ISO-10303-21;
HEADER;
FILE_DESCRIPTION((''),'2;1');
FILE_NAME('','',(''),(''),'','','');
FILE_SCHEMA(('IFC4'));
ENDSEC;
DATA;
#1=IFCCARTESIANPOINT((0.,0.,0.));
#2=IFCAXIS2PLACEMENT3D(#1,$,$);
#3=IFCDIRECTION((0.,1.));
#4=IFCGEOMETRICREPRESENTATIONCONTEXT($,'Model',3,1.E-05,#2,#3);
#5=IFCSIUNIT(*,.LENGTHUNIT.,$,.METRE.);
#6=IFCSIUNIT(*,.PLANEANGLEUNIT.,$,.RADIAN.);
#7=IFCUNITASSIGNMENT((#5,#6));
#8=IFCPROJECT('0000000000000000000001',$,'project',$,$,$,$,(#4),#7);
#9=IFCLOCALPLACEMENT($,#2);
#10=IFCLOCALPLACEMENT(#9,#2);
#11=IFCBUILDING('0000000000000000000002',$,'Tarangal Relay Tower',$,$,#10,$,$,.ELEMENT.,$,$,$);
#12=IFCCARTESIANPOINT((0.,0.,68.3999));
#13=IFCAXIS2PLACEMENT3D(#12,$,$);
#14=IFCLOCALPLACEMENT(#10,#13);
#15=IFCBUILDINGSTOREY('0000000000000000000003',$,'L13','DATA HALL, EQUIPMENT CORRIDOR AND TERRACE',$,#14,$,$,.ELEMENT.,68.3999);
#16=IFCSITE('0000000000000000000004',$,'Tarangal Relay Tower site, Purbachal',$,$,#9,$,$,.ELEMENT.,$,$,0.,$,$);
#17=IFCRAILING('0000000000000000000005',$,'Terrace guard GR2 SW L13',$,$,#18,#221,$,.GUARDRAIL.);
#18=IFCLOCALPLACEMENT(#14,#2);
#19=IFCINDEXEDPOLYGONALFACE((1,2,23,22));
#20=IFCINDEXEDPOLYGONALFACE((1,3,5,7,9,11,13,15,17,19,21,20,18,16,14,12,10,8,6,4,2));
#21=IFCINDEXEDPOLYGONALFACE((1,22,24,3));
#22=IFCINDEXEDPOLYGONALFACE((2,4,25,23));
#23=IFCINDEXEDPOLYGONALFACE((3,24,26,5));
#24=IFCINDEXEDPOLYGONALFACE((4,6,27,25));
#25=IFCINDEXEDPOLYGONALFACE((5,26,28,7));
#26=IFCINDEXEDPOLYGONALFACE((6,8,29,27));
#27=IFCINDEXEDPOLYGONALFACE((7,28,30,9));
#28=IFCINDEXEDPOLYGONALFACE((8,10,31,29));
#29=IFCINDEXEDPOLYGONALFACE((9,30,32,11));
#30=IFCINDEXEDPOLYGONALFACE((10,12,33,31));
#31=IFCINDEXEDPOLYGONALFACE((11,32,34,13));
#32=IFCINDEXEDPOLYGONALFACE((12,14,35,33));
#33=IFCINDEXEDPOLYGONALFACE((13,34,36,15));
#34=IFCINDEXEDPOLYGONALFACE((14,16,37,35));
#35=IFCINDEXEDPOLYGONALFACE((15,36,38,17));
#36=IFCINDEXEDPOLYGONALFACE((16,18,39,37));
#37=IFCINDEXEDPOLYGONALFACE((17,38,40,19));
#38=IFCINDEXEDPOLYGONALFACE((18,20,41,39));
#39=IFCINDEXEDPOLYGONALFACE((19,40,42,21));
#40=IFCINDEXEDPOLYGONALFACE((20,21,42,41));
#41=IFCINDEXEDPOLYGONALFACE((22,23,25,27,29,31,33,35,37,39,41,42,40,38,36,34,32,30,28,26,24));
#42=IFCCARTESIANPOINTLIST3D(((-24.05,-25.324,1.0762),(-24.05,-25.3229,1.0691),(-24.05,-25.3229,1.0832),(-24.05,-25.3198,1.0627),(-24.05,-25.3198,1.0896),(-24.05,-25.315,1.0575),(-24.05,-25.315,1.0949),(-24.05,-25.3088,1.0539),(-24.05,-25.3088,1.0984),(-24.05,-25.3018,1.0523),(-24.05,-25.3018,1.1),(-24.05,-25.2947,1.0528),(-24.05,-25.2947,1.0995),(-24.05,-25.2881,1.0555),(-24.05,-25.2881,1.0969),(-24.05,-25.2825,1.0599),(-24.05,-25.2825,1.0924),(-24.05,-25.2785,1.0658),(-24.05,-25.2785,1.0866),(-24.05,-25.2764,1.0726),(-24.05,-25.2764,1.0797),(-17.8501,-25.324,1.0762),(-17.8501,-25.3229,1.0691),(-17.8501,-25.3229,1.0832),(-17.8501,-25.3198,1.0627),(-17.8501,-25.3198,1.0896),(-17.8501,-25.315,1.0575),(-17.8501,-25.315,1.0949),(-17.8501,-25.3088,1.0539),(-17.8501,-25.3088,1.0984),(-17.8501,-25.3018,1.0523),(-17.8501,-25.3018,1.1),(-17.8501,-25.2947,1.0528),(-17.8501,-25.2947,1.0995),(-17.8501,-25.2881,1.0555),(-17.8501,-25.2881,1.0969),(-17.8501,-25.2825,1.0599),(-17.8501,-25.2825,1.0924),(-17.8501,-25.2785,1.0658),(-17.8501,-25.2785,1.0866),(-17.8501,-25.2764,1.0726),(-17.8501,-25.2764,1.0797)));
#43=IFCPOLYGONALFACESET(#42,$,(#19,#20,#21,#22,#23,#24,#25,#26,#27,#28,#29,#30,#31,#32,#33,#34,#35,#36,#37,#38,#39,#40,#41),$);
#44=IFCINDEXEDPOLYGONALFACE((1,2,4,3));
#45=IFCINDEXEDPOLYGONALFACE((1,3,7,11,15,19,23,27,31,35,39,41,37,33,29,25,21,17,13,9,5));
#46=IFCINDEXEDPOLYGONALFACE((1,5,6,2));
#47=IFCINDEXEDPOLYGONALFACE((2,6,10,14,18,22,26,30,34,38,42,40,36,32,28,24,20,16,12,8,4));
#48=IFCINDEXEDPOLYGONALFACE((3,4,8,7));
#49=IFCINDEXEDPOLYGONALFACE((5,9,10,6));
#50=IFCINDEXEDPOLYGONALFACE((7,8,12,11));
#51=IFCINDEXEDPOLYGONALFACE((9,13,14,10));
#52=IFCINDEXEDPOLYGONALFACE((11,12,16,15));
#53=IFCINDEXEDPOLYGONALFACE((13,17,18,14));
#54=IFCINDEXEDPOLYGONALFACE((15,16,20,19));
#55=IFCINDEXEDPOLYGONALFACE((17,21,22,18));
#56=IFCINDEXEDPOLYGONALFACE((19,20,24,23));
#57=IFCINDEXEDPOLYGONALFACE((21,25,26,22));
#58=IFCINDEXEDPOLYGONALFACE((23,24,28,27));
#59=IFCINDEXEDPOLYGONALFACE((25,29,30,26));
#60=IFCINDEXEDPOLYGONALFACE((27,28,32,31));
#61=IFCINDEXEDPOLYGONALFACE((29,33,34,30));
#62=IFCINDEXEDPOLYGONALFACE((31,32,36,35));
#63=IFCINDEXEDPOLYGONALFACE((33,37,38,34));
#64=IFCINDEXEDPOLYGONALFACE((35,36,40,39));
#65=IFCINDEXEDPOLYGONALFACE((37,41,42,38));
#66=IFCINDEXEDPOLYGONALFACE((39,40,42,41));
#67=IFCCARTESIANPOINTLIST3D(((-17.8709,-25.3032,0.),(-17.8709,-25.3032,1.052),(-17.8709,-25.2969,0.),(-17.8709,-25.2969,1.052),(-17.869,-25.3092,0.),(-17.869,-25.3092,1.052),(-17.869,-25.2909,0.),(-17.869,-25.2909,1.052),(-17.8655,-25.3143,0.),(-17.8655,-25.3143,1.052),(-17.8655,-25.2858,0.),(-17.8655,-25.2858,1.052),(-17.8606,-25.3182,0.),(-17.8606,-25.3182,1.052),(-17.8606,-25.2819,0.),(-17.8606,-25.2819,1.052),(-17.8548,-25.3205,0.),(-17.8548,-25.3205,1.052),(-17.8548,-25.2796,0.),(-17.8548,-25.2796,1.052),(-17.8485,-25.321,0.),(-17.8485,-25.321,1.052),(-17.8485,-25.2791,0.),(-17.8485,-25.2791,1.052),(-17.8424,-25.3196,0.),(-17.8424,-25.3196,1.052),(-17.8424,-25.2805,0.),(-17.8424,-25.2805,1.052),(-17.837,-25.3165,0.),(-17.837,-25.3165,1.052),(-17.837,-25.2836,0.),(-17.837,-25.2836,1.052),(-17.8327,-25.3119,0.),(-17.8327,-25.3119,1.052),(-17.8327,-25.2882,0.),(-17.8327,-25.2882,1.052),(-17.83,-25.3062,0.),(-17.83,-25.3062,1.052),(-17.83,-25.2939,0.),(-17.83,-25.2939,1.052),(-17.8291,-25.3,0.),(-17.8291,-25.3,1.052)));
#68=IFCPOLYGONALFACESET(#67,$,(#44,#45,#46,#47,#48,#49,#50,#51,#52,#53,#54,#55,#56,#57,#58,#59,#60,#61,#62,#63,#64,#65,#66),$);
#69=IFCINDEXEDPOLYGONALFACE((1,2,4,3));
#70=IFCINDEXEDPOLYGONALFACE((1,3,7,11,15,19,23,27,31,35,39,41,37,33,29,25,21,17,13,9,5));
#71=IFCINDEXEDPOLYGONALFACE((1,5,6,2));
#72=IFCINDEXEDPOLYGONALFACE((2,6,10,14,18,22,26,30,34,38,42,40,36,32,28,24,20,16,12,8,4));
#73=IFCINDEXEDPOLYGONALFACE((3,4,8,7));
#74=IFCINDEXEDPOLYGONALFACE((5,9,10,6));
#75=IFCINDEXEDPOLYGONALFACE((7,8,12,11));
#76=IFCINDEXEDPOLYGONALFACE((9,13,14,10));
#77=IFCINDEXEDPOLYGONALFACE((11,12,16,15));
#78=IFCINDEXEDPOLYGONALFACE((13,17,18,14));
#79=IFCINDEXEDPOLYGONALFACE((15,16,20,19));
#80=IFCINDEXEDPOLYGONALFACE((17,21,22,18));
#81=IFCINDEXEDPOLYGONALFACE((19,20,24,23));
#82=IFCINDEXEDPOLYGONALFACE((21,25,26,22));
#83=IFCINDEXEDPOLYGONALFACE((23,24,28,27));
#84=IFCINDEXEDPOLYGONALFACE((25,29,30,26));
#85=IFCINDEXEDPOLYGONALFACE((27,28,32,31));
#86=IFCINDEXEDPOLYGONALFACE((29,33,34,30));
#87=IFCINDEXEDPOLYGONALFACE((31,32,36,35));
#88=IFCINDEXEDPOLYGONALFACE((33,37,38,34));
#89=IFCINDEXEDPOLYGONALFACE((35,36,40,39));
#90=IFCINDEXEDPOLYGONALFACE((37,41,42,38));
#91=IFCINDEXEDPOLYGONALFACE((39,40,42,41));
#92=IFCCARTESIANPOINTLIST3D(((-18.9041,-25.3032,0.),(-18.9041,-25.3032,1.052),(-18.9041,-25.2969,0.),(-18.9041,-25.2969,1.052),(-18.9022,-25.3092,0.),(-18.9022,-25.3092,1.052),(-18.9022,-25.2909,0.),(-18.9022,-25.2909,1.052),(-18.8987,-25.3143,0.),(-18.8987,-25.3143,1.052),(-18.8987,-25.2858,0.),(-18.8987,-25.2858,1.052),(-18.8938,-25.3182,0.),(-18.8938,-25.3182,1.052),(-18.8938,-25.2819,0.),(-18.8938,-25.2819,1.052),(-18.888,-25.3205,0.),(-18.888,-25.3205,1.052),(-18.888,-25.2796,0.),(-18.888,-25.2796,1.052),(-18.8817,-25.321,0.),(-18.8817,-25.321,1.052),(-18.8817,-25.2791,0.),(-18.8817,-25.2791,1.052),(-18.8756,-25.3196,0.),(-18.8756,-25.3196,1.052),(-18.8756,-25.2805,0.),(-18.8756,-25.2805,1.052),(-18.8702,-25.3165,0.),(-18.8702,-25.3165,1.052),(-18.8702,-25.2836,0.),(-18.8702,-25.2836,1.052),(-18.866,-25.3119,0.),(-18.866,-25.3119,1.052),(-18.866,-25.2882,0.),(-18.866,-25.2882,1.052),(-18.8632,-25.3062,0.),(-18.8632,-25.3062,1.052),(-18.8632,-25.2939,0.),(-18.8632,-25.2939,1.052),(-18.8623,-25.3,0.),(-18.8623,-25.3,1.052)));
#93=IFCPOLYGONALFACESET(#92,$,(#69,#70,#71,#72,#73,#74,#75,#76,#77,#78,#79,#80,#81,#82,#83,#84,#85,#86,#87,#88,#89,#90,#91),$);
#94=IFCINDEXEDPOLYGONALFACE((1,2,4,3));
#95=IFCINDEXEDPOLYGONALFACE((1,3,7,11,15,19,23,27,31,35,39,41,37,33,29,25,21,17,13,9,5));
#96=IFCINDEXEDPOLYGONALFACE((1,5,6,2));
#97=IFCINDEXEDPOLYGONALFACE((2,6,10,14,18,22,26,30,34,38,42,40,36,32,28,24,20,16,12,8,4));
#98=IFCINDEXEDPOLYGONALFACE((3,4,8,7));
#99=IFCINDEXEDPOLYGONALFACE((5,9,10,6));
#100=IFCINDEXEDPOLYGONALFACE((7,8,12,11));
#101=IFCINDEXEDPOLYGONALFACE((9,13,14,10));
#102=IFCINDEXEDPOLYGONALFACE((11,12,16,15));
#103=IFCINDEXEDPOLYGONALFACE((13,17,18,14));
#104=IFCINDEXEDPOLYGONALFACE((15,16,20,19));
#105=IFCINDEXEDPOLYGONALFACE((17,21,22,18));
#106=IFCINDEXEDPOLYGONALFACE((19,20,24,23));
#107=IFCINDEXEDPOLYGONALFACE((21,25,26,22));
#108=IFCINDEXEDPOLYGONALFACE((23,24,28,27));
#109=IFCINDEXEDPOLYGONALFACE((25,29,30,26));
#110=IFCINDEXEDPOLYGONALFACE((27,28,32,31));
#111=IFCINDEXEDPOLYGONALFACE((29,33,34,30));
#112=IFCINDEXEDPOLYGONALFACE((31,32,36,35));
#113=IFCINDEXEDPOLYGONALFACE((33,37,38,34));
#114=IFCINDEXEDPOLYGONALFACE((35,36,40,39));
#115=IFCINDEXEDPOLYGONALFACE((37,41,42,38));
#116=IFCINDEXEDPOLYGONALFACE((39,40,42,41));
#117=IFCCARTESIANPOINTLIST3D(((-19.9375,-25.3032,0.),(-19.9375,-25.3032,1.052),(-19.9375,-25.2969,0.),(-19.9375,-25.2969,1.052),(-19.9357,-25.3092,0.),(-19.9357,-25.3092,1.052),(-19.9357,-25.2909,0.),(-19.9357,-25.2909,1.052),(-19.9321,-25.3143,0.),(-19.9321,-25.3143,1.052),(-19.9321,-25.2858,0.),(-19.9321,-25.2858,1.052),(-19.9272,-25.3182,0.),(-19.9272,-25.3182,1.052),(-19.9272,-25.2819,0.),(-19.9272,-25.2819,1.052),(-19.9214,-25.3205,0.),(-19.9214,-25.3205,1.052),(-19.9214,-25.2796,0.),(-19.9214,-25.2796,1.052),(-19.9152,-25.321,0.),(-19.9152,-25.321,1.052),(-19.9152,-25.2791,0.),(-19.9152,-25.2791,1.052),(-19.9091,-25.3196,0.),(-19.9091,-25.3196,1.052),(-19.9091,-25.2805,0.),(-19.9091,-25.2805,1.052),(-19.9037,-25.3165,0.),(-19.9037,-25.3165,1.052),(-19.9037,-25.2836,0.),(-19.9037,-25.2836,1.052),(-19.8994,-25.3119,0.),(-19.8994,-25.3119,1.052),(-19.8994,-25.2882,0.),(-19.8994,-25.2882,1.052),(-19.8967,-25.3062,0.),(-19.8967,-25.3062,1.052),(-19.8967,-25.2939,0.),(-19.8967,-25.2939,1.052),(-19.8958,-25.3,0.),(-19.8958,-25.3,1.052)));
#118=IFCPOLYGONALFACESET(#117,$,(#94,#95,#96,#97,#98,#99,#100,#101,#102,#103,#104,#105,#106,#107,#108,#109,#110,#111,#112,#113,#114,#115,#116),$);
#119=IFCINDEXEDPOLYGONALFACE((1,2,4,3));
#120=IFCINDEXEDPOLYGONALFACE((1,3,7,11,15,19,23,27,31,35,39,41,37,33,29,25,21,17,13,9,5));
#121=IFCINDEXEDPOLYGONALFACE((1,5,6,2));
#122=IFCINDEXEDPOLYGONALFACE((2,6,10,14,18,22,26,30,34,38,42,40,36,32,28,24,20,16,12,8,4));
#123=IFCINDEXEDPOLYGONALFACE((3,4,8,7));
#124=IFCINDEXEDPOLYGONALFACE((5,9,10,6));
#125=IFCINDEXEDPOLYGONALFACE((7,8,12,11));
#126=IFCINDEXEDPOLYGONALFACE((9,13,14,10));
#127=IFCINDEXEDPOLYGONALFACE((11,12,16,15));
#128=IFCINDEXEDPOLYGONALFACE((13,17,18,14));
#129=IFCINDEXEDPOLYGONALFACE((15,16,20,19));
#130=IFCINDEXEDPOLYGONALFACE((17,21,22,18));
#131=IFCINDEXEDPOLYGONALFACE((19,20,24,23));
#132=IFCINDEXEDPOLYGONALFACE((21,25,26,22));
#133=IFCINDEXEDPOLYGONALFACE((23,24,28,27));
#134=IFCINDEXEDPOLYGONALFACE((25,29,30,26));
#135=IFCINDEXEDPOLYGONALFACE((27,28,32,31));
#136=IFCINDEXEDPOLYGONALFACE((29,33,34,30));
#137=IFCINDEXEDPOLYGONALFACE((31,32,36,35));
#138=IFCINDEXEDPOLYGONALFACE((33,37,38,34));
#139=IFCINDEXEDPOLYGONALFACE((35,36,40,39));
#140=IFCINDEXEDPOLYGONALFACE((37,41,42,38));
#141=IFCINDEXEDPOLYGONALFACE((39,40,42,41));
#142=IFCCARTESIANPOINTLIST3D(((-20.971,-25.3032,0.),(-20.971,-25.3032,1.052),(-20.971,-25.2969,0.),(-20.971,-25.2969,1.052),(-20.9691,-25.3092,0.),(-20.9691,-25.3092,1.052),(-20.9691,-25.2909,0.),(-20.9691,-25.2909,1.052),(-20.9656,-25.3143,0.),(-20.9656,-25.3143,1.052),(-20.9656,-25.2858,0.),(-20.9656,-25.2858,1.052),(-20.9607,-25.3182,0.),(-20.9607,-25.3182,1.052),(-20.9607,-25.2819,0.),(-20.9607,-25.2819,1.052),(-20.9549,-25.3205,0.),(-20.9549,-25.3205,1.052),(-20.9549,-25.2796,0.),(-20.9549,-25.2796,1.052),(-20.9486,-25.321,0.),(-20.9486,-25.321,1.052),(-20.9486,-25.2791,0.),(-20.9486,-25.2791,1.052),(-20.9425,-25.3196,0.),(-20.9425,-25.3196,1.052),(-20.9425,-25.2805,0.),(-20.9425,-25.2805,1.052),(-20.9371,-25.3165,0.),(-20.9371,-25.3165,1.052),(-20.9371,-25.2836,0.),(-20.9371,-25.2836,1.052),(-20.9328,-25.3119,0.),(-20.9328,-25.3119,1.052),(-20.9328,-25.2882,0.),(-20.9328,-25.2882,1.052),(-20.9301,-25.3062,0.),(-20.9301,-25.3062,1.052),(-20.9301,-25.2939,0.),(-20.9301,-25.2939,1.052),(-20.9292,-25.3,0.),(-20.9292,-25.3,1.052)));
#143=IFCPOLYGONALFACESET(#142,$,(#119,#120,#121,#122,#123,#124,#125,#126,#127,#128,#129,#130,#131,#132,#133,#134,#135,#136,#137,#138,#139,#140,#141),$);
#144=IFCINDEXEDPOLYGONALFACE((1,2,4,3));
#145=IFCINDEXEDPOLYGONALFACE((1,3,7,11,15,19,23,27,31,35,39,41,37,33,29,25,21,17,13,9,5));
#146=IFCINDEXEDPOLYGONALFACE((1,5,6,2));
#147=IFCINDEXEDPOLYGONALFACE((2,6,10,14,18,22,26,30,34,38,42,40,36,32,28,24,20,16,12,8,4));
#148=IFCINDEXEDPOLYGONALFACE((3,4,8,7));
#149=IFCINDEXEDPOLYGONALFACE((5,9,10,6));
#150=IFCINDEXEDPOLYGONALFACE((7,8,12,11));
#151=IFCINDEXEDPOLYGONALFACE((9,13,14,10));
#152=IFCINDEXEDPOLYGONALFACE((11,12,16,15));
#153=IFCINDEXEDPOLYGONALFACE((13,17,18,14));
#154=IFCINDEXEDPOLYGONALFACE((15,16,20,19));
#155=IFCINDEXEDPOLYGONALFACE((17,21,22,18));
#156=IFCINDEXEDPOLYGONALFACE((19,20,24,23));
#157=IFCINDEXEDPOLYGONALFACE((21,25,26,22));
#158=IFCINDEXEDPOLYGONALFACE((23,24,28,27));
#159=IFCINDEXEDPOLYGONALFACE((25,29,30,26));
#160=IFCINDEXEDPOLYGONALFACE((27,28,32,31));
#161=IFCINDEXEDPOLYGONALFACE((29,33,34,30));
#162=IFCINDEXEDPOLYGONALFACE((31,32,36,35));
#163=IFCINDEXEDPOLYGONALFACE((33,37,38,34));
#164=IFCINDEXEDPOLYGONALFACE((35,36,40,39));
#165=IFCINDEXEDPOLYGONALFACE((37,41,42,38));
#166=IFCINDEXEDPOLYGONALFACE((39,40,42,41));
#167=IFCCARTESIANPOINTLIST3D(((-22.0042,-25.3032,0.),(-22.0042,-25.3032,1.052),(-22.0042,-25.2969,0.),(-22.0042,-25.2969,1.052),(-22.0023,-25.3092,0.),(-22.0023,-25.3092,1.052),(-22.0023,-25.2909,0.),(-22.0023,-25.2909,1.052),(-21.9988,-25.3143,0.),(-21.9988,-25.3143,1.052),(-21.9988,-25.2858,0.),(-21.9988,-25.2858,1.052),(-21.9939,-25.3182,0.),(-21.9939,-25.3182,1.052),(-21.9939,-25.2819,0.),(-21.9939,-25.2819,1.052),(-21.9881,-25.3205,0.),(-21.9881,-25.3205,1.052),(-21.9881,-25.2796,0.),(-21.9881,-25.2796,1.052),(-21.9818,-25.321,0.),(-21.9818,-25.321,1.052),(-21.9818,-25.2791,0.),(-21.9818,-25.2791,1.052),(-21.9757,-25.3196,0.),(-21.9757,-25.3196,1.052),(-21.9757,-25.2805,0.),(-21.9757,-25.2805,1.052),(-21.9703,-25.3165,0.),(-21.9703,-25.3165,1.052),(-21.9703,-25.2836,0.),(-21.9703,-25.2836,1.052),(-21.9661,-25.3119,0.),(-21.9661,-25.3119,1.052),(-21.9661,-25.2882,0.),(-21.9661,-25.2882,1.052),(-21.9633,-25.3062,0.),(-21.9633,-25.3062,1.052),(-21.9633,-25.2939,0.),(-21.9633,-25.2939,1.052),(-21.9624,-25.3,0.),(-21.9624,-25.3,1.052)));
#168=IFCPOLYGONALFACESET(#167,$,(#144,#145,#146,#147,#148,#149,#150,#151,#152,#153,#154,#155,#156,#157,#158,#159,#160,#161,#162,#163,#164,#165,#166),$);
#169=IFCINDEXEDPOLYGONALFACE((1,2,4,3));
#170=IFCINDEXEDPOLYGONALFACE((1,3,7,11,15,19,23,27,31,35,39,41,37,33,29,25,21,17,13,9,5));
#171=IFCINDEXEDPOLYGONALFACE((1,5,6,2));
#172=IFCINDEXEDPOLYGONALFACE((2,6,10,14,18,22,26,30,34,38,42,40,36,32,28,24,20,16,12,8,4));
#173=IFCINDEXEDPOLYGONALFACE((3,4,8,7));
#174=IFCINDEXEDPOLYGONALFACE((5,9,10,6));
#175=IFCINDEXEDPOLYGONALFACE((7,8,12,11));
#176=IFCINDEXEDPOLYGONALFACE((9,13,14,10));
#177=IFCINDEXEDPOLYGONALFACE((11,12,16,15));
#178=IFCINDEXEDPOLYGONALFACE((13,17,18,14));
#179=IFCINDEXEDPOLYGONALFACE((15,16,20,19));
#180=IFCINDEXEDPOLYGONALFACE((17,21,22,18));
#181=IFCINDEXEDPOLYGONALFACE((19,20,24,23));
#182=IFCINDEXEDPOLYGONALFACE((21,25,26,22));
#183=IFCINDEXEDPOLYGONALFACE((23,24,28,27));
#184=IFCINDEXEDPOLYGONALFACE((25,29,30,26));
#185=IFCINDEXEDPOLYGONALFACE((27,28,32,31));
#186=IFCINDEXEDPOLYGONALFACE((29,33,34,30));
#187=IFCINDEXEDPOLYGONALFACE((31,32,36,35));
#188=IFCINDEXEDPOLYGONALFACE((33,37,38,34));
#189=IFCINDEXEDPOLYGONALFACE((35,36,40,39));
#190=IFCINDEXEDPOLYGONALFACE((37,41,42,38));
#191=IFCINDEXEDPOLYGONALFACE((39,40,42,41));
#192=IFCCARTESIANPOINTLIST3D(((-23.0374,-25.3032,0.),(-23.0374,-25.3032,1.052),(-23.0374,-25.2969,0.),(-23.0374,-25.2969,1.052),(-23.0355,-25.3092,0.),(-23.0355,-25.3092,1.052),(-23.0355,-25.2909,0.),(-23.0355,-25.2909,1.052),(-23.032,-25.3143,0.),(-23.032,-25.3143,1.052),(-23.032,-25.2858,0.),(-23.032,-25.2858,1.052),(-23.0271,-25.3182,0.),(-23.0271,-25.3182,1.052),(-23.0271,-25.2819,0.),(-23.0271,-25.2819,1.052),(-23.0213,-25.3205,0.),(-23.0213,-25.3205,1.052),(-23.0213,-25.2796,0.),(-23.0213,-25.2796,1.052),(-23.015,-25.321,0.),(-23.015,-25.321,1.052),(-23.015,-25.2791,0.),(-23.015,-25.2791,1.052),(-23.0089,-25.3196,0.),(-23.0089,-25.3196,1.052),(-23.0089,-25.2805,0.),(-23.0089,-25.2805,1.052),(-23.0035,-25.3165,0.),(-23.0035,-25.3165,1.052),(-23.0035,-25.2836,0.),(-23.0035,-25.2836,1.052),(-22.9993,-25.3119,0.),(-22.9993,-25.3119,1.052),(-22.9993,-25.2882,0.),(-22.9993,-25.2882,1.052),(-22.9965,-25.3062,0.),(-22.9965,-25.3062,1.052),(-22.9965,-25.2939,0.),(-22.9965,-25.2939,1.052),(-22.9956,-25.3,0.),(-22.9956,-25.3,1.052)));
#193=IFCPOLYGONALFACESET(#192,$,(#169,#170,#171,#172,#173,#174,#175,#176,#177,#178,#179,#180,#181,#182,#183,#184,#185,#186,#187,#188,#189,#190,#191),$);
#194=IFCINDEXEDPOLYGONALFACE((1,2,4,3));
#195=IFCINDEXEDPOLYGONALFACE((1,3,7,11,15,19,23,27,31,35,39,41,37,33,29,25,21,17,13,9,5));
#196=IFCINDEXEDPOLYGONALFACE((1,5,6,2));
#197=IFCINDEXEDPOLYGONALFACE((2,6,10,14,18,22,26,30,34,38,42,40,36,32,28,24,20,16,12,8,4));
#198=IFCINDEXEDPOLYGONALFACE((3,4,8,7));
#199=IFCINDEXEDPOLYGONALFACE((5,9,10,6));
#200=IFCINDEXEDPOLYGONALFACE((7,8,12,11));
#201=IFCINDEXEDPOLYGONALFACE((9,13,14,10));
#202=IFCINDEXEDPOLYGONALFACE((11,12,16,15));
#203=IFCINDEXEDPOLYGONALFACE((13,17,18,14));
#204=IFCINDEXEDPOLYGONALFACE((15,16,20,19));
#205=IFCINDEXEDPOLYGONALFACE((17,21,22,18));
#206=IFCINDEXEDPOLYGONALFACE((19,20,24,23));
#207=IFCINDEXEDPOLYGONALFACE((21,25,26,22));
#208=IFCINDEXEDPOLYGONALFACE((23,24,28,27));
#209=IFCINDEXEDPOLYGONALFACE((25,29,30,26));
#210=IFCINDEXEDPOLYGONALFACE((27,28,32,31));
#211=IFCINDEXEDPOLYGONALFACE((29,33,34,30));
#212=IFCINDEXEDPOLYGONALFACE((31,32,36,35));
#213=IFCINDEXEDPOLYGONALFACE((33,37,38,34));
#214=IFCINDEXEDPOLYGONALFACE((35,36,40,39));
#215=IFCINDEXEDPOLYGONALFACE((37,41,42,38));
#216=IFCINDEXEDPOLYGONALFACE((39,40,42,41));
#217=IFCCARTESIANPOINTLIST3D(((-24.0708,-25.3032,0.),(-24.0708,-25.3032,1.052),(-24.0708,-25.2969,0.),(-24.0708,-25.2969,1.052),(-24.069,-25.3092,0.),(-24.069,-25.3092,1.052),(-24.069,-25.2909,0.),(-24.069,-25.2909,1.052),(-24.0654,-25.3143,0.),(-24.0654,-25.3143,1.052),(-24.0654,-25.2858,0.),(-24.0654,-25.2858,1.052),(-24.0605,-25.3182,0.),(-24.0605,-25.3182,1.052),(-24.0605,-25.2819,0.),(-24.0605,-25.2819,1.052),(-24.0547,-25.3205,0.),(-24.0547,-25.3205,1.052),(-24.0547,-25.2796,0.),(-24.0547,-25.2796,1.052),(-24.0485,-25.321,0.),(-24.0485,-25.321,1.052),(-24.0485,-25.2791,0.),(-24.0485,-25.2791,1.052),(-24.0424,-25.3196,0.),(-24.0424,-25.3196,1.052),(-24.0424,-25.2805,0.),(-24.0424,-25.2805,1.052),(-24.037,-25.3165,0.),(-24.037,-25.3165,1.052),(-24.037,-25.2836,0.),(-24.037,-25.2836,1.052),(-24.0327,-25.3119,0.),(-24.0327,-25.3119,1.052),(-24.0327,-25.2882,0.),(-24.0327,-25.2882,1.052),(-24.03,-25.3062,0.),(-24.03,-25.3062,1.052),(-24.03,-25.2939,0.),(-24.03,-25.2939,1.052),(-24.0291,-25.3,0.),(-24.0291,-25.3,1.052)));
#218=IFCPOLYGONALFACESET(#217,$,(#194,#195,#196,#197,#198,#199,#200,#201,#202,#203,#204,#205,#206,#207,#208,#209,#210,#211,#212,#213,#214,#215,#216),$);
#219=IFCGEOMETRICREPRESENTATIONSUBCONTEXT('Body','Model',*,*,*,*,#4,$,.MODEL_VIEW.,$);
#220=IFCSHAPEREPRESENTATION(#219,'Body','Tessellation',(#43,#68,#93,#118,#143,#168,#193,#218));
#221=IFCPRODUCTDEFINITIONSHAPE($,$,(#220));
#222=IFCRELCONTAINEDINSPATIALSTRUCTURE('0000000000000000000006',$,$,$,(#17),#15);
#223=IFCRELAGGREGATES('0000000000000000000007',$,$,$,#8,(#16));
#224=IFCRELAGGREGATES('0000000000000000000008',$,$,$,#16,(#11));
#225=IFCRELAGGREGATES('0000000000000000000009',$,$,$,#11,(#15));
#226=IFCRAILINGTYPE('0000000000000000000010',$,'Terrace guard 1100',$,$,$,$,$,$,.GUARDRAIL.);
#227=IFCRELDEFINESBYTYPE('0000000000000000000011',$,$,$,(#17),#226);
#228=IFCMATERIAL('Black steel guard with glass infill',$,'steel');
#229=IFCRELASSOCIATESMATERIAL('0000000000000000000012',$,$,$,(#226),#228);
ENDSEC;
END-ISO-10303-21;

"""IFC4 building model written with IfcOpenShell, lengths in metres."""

from ifc_helpers import new_model, si_unit, direction, frame, origin, origin_2d, place, context, subcontext, project, spatial, circle, extrude, material, type_object, element, save


model = new_model("IFC4")

# Units and contexts
model_context = context("Model", 3, precision=1e-05, world=origin(), true_north=direction((0.0, 1.0)))
body_context = subcontext(model_context, "Body", "Model", "MODEL_VIEW")
ifc_project = project(units=[si_unit("LENGTHUNIT", "METRE"), si_unit("PLANEANGLEUNIT", "RADIAN")], contexts=[model_context])

# Site, building, storey
site_placement = place(None, origin())
site = spatial("IfcSite", under=ifc_project, at=site_placement, Name="Tarangal Relay Tower site, Purbachal", CompositionType="ELEMENT", RefElevation=0.0)
building_placement = place(site_placement, origin())
building = spatial("IfcBuilding", under=site, at=building_placement, Name="Tarangal Relay Tower", CompositionType="ELEMENT")
storey_placement = place(building_placement, frame((0.0, 0.0, 68.3999)))
storey = spatial("IfcBuildingStorey", under=building, at=storey_placement, Name="L13", Description="DATA HALL, EQUIPMENT CORRIDOR AND TERRACE", CompositionType="ELEMENT", Elevation=68.3999)

# Railing
ifc_material_1 = material(Name="Black steel guard with glass infill", Category="steel")
railing_type = type_object("IfcRailingType", Name="Terrace guard 1100", PredefinedType="GUARDRAIL", material=ifc_material_1)
railing_1_placement = place(storey_placement, frame((-17.8501, -25.3, 0.0)))
element("IfcRailing", 1, at=railing_1_placement, inside=storey, type_object=railing_type, Name="Terrace guard GR2 SW L13", PredefinedType="GUARDRAIL", context=body_context, shape_type="SweptSolid", body=[
    extrude(circle(Radius=0.0239, at=origin_2d()), frame((0.0, 0.0, 1.0762), z_axis=(-1.0, 0.0, 0.0), x_axis=(0.0, -1.0, 0.0)), (0.0, 0.0, 1.0), 6.2),
    extrude(circle(Radius=0.021, at=origin_2d()), origin(), (0.0, 0.0, 1.0), 1.052),
    extrude(circle(Radius=0.021, at=origin_2d()), frame((-1.0332, 0.0, 0.0)), (0.0, 0.0, 1.0), 1.052),
    extrude(circle(Radius=0.021, at=origin_2d()), frame((-2.0667, 0.0, 0.0)), (0.0, 0.0, 1.0), 1.052),
    extrude(circle(Radius=0.021, at=origin_2d()), frame((-3.1001, 0.0, 0.0)), (0.0, 0.0, 1.0), 1.052),
    extrude(circle(Radius=0.021, at=origin_2d()), frame((-4.1333, 0.0, 0.0)), (0.0, 0.0, 1.0), 1.052),
    extrude(circle(Radius=0.021, at=origin_2d()), frame((-5.1665, 0.0, 0.0)), (0.0, 0.0, 1.0), 1.052),
    extrude(circle(Radius=0.021, at=origin_2d()), frame((-6.2, 0.0, 0.0)), (0.0, 0.0, 1.0), 1.052),
])

save(model, "model.ifc")
